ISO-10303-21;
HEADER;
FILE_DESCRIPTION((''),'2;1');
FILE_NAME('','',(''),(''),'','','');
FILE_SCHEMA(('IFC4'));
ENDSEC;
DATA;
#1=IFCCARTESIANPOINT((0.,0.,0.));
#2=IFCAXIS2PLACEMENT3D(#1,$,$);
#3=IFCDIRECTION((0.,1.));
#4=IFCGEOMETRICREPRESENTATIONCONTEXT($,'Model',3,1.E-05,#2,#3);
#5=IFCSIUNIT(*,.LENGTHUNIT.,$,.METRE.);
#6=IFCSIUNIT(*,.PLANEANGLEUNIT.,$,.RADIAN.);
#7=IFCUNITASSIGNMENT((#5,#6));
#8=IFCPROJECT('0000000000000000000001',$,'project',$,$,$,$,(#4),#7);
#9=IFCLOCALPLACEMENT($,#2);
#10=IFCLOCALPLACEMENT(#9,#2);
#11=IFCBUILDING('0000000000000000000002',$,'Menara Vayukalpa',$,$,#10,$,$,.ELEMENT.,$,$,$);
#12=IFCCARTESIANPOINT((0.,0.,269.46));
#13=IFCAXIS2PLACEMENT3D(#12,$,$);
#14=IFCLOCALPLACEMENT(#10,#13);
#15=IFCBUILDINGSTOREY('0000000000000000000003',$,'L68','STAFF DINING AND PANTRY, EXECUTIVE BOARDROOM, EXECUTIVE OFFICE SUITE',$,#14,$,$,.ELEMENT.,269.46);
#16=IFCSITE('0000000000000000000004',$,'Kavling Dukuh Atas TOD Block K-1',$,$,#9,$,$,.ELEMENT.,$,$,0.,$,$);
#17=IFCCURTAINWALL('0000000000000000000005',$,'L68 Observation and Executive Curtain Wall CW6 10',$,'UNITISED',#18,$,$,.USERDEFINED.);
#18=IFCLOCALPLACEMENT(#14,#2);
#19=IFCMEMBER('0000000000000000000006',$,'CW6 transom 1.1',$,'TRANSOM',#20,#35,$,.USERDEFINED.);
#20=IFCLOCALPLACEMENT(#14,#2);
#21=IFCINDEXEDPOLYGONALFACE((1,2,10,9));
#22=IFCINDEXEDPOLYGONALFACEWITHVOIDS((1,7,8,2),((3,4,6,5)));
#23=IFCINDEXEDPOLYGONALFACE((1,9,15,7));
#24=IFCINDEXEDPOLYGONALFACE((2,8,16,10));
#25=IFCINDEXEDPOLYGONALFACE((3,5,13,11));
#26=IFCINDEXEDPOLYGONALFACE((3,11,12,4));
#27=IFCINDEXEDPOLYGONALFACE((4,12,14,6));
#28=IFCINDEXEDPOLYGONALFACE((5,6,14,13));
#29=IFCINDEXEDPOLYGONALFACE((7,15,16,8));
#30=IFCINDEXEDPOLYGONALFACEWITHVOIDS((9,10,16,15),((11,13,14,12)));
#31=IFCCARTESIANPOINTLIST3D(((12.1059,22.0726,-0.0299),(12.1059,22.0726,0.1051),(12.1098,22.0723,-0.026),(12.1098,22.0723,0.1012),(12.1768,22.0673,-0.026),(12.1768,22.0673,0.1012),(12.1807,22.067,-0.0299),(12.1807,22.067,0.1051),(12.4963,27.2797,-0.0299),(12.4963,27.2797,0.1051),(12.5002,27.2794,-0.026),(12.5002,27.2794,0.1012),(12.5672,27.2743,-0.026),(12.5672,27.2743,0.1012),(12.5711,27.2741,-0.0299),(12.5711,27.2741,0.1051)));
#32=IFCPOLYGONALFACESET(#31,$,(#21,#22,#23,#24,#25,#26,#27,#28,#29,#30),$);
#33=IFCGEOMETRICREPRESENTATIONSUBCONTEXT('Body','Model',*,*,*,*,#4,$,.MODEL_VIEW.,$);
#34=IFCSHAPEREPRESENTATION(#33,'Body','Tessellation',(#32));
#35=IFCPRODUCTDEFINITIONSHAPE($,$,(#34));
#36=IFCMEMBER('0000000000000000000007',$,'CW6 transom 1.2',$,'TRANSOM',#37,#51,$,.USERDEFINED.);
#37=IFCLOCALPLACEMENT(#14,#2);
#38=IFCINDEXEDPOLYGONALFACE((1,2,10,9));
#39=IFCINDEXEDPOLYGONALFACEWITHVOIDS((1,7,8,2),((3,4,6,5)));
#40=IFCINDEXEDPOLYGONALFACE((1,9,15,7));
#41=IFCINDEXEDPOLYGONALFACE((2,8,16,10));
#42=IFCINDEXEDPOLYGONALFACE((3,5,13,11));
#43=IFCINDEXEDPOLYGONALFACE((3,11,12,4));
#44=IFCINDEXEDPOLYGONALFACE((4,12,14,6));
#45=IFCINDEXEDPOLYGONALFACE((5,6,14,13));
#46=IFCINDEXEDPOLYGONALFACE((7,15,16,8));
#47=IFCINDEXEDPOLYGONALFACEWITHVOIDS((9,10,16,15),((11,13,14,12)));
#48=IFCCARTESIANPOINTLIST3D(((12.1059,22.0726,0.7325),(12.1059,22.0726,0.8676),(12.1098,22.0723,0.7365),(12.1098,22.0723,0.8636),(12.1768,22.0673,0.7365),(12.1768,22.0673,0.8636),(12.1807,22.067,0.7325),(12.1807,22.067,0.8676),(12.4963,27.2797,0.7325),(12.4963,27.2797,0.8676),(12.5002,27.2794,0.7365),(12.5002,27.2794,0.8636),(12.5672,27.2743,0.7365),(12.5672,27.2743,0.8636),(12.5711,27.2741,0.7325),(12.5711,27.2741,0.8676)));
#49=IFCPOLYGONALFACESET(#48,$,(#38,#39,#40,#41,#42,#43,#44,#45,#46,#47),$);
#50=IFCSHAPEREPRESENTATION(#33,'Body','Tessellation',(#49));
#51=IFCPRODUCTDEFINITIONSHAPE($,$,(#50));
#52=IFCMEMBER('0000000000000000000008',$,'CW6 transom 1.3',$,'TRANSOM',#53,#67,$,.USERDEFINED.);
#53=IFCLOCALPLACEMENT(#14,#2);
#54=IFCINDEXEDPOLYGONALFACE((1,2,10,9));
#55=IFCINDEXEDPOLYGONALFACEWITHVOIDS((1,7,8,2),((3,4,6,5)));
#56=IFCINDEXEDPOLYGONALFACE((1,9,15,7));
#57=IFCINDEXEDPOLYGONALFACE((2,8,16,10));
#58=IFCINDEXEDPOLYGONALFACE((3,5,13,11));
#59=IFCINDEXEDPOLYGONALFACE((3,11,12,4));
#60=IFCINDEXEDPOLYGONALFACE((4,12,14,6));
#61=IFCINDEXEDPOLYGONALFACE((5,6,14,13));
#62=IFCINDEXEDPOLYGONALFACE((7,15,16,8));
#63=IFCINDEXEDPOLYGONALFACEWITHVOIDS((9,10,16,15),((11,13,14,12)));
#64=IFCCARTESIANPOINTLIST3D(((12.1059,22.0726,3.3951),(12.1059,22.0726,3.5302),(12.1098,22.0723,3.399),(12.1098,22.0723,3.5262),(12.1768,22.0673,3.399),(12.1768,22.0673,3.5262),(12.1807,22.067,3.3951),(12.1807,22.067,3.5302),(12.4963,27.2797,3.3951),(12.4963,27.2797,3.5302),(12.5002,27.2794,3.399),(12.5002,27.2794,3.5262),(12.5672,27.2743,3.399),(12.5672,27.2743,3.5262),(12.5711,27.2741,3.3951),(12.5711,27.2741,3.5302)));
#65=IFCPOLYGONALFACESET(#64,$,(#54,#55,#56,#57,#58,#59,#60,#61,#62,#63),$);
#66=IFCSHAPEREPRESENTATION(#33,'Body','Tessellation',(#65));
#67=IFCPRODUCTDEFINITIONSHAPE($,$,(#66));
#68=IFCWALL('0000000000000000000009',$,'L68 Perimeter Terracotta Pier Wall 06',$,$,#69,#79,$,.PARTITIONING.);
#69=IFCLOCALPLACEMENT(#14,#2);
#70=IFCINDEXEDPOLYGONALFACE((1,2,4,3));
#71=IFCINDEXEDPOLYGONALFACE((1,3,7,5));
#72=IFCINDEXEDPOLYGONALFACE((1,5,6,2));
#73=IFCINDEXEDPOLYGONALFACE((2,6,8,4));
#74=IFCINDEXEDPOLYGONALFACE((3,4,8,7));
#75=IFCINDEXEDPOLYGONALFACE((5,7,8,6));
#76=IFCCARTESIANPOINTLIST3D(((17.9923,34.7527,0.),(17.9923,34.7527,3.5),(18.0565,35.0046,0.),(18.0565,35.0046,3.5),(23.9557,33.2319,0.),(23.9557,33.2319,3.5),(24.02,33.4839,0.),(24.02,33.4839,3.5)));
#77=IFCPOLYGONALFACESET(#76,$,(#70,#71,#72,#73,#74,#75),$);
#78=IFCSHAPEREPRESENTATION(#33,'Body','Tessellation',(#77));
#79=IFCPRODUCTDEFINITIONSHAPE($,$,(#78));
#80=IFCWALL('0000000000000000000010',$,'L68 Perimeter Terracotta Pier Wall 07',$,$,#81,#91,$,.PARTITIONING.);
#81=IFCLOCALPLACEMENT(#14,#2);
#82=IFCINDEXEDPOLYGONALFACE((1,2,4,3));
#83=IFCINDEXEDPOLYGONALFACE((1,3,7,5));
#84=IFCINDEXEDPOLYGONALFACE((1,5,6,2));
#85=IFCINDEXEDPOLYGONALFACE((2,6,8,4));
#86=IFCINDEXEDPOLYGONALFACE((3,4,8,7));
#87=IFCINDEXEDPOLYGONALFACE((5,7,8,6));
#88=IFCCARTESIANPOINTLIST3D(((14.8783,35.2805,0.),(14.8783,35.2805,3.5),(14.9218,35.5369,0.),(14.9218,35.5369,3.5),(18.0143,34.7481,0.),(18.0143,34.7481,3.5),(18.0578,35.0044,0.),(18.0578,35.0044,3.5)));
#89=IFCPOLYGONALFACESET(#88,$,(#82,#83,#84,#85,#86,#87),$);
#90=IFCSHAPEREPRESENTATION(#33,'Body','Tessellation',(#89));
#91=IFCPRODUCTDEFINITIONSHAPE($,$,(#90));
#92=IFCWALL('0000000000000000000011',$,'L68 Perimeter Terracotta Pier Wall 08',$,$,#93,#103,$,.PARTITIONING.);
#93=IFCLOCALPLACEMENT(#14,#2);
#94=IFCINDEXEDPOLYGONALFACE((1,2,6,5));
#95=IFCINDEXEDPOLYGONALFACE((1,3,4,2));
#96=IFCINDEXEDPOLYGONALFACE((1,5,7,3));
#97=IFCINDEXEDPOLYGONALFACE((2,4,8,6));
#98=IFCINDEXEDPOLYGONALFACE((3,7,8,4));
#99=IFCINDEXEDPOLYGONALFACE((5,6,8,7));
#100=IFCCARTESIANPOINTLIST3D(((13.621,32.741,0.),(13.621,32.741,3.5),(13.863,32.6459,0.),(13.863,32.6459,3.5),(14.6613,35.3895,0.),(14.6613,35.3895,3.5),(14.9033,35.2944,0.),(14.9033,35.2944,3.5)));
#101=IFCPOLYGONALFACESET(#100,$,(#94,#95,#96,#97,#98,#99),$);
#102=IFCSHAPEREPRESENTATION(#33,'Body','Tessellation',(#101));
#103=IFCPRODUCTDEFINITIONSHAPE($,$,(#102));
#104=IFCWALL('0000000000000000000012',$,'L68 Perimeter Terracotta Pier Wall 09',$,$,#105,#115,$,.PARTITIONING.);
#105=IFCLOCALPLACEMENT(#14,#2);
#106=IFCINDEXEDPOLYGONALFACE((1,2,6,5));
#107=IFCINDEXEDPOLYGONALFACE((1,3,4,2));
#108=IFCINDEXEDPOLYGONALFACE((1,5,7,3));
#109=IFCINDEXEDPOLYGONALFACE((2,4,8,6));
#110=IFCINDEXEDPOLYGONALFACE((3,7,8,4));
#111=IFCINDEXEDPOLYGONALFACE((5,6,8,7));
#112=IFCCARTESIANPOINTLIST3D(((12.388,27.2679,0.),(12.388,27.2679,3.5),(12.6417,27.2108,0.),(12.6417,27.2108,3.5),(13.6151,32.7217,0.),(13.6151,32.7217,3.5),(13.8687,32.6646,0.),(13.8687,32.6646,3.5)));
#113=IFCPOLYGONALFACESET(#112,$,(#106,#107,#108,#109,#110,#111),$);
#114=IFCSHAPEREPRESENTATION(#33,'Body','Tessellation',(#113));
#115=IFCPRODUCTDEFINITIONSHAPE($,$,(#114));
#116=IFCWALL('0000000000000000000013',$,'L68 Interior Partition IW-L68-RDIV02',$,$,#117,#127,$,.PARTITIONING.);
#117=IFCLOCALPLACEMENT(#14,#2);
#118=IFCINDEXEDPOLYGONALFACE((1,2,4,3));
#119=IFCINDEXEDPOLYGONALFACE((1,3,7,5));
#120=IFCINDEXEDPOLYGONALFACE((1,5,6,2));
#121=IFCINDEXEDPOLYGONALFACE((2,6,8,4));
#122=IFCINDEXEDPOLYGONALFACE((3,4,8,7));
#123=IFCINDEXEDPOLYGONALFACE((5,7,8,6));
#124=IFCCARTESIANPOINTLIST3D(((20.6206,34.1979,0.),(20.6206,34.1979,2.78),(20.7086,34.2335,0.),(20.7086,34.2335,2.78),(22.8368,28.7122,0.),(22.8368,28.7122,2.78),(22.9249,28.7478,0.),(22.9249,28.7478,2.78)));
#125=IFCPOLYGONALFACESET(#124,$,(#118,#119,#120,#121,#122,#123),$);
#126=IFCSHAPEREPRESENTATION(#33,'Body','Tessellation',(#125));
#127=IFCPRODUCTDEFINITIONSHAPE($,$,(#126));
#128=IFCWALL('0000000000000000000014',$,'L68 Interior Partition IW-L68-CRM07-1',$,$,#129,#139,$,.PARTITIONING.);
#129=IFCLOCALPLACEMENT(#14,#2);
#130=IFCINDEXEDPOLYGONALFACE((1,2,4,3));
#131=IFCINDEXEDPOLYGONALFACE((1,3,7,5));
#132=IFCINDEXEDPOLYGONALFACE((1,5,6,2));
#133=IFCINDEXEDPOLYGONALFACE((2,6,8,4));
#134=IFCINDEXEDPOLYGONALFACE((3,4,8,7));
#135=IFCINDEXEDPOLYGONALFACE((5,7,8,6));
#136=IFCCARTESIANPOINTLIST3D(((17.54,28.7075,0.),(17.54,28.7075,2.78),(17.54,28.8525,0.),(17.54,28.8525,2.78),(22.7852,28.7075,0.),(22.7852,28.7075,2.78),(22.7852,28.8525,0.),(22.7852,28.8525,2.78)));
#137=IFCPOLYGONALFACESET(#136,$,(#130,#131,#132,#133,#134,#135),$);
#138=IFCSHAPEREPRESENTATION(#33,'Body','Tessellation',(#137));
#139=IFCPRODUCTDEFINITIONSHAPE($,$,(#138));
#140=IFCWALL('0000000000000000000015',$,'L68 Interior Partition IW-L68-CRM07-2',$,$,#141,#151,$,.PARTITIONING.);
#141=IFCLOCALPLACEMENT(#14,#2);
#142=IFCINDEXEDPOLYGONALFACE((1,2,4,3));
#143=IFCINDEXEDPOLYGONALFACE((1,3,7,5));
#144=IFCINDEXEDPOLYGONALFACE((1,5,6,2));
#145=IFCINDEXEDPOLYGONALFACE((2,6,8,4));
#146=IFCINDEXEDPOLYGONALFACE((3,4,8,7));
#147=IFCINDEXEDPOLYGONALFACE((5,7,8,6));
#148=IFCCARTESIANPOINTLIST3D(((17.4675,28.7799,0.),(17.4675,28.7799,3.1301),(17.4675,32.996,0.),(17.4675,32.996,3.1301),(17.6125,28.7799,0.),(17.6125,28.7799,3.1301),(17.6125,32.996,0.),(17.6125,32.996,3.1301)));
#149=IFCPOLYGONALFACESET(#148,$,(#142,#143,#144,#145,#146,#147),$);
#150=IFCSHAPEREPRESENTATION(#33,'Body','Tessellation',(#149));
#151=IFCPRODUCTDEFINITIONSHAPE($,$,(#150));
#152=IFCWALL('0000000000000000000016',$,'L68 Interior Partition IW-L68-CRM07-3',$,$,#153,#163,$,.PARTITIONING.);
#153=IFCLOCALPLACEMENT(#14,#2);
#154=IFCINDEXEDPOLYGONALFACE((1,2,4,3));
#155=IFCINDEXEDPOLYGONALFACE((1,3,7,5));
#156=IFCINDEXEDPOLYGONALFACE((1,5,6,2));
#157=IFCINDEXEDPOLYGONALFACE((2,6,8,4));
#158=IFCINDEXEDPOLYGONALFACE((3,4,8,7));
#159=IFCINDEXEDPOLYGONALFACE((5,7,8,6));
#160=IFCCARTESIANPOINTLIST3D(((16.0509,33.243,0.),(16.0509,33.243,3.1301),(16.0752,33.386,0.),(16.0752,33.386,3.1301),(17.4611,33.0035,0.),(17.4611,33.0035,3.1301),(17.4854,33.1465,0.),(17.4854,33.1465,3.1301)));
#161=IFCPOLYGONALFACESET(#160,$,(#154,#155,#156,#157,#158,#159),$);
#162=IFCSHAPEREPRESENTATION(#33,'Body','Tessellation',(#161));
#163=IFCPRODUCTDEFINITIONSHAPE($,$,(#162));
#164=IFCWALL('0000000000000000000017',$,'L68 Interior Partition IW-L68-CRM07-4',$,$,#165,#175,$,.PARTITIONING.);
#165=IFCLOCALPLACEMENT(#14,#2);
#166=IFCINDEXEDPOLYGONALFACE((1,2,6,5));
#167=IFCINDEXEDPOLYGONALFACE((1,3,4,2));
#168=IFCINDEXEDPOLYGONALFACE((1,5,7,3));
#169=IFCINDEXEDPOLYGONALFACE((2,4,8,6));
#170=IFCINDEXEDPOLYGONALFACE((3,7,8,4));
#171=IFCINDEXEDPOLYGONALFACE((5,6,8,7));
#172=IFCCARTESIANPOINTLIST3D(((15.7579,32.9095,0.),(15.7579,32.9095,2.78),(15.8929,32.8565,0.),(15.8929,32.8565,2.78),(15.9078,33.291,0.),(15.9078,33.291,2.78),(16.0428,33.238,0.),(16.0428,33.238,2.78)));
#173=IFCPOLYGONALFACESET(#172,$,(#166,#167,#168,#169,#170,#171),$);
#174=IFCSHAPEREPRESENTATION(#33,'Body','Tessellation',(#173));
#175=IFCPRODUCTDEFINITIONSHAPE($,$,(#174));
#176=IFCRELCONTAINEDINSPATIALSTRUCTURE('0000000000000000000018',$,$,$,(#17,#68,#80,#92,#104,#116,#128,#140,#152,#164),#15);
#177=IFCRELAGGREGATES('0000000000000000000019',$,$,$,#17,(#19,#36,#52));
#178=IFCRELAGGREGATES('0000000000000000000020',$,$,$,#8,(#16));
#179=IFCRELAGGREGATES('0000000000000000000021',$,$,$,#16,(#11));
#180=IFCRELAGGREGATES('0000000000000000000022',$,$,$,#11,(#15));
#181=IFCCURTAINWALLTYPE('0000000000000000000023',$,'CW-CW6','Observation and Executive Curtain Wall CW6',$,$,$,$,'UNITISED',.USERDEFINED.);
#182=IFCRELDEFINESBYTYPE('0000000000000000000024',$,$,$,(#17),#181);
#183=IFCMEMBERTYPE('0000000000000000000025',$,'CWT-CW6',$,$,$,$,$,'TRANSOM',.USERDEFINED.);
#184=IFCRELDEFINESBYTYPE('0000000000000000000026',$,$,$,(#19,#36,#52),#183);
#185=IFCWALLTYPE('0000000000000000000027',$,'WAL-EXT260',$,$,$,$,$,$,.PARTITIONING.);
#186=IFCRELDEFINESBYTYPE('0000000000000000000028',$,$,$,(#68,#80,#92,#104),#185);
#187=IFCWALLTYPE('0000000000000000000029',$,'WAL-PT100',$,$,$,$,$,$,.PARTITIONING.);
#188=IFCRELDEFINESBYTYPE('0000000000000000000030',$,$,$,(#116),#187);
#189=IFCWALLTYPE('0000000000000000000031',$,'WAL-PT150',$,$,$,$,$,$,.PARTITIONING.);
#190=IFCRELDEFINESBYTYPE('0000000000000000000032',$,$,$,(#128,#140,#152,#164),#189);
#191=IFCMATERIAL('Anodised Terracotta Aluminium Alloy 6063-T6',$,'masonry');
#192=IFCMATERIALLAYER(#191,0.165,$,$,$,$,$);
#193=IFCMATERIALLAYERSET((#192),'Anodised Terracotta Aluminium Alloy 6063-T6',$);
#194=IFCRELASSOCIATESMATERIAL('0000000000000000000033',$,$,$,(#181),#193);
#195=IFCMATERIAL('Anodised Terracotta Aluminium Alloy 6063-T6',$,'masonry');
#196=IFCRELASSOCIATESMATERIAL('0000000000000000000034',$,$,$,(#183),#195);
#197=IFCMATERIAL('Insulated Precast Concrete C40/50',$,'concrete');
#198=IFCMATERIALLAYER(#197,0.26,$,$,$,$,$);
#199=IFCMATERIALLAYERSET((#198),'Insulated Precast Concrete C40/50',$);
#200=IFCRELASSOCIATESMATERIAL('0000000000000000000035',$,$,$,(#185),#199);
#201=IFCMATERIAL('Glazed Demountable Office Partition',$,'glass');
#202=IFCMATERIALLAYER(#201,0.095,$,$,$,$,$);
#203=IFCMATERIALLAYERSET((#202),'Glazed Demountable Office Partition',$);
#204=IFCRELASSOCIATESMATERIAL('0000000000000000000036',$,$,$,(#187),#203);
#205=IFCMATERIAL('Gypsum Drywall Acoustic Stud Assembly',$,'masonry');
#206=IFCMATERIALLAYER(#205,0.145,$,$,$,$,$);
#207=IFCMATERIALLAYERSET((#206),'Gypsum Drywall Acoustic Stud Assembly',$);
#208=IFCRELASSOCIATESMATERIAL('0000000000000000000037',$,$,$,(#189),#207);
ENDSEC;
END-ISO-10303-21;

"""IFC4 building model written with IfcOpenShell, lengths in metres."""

from ifc_helpers import new_model, si_unit, direction, frame, frame_2d, origin, origin_2d, place, context, subcontext, project, spatial, rectangle, hollow_rectangle, extrude, material, layer, layer_set, material_profile, profile_set, type_object, element, aggregate, save


model = new_model("IFC4")

# Units and contexts
model_context = context("Model", 3, precision=1e-05, world=origin(), true_north=direction((0.0, 1.0)))
body_context = subcontext(model_context, "Body", "Model", "MODEL_VIEW")
ifc_project = project(units=[si_unit("LENGTHUNIT", "METRE"), si_unit("PLANEANGLEUNIT", "RADIAN")], contexts=[model_context])

# Site, building, storey
site_placement = place(None, origin())
site = spatial("IfcSite", under=ifc_project, at=site_placement, Name="Kavling Dukuh Atas TOD Block K-1", CompositionType="ELEMENT", RefElevation=0.0)
building_placement = place(site_placement, origin())
building = spatial("IfcBuilding", under=site, at=building_placement, Name="Menara Vayukalpa", CompositionType="ELEMENT")
storey_placement = place(building_placement, frame((0.0, 0.0, 269.46)))
storey = spatial("IfcBuildingStorey", under=building, at=storey_placement, Name="L68", Description="STAFF DINING AND PANTRY, EXECUTIVE BOARDROOM, EXECUTIVE OFFICE SUITE", CompositionType="ELEMENT", Elevation=269.46)

# Curtain wall, members
ifc_material_1 = material(Name="Anodised Terracotta Aluminium Alloy 6063-T6", Category="masonry")
ifc_layer_1 = layer(ifc_material_1, 0.165)
ifc_layer_set_1 = layer_set([ifc_layer_1], Name="Anodised Terracotta Aluminium Alloy 6063-T6")
curtain_wall_type = type_object("IfcCurtainWallType", Name="CW-CW6", Description="Observation and Executive Curtain Wall CW6", ElementType="UNITISED", PredefinedType="USERDEFINED", material=ifc_layer_set_1)
curtain_wall_placement = place(storey_placement, origin())
curtain_wall = element("IfcCurtainWall", 1, at=curtain_wall_placement, inside=storey, type_object=curtain_wall_type, Name="L68 Observation and Executive Curtain Wall CW6 10", ObjectType="UNITISED", PredefinedType="USERDEFINED")
ifc_material_2 = material(Name="Anodised Terracotta Aluminium Alloy 6063-T6", Category="masonry")
ifc_material_profile_1 = material_profile(ifc_material_2, hollow_rectangle(XDim=0.075, YDim=0.135, WallThickness=0.0039, at=origin_2d()), Name="ALU 75x135x4")
ifc_profile_set_1 = profile_set([ifc_material_profile_1], Name="Anodised Terracotta Aluminium Alloy 6063-T6")
member_type_1 = type_object("IfcMemberType", Name="CWT-CW6", ElementType="TRANSOM", PredefinedType="USERDEFINED", material=ifc_profile_set_1)
member_1_placement = place(storey_placement, frame((12.5337, 27.2769, 0.0376), z_axis=(-0.074762, -0.997201, 0.0), x_axis=(0.997201, -0.074762, 0.0)))
member_1 = element("IfcMember", 2, at=member_1_placement, type_object=member_type_1, Name="CW6 transom 1.1", ObjectType="TRANSOM", PredefinedType="USERDEFINED", context=body_context, shape_type="SweptSolid", body=[
    extrude(hollow_rectangle(XDim=0.075, YDim=0.135, WallThickness=0.0039, at=origin_2d()), origin(), (0.0, 0.0, 1.0), 5.2217),
])
member_2_placement = place(storey_placement, frame((12.5337, 27.2769, 0.8), z_axis=(-0.074762, -0.997201, 0.0), x_axis=(0.997201, -0.074762, 0.0)))
member_2 = element("IfcMember", 3, at=member_2_placement, type_object=member_type_1, Name="CW6 transom 1.2", ObjectType="TRANSOM", PredefinedType="USERDEFINED", context=body_context, shape_type="SweptSolid", body=[
    extrude(hollow_rectangle(XDim=0.075, YDim=0.135, WallThickness=0.0039, at=origin_2d()), origin(), (0.0, 0.0, 1.0), 5.2217),
])
member_3_placement = place(storey_placement, frame((12.5337, 27.2769, 3.4626), z_axis=(-0.074762, -0.997201, 0.0), x_axis=(0.997201, -0.074762, 0.0)))
member_3 = element("IfcMember", 4, at=member_3_placement, type_object=member_type_1, Name="CW6 transom 1.3", ObjectType="TRANSOM", PredefinedType="USERDEFINED", context=body_context, shape_type="SweptSolid", body=[
    extrude(hollow_rectangle(XDim=0.075, YDim=0.135, WallThickness=0.0039, at=origin_2d()), origin(), (0.0, 0.0, 1.0), 5.2217),
])
aggregate(curtain_wall, [member_1, member_2, member_3])

# Walls
ifc_material_3 = material(Name="Insulated Precast Concrete C40/50", Category="concrete")
ifc_layer_2 = layer(ifc_material_3, 0.26)
ifc_layer_set_2 = layer_set([ifc_layer_2], Name="Insulated Precast Concrete C40/50")
wall_type_1 = type_object("IfcWallType", Name="WAL-EXT260", PredefinedType="PARTITIONING", material=ifc_layer_set_2)
wall_1_placement = place(storey_placement, frame((18.0244, 34.8787, 0.0), z_axis=(0.0, 0.0, 1.0), x_axis=(0.968988, -0.247107, 0.0)))
element("IfcWall", 5, at=wall_1_placement, inside=storey, type_object=wall_type_1, Name="L68 Perimeter Terracotta Pier Wall 06", PredefinedType="PARTITIONING", context=body_context, shape_type="SweptSolid", body=[
    extrude(rectangle(XDim=6.1543, YDim=0.26, at=frame_2d((3.0771, 0.0))), origin(), (0.0, 0.0, 1.0), 3.5),
])
wall_2_placement = place(storey_placement, frame((14.9001, 35.4087, 0.0), z_axis=(0.0, 0.0, 1.0), x_axis=(0.985889, -0.167398, 0.0)))
element("IfcWall", 6, at=wall_2_placement, inside=storey, type_object=wall_type_1, Name="L68 Perimeter Terracotta Pier Wall 07", PredefinedType="PARTITIONING", context=body_context, shape_type="SweptSolid", body=[
    extrude(rectangle(XDim=3.1809, YDim=0.26, at=frame_2d((1.5903, 0.0))), origin(), (0.0, 0.0, 1.0), 3.5),
])
wall_3_placement = place(storey_placement, frame((13.7419, 32.6934, 0.0), z_axis=(0.0, 0.0, 1.0), x_axis=(0.365599, 0.930772, 0.0)))
element("IfcWall", 7, at=wall_3_placement, inside=storey, type_object=wall_type_1, Name="L68 Perimeter Terracotta Pier Wall 08", PredefinedType="PARTITIONING", context=body_context, shape_type="SweptSolid", body=[
    extrude(rectangle(XDim=2.8455, YDim=0.26, at=frame_2d((1.4229, 0.0))), origin(), (0.0, 0.0, 1.0), 3.5),
])
wall_4_placement = place(storey_placement, frame((12.5149, 27.2395, 0.0), z_axis=(0.0, 0.0, 1.0), x_axis=(0.219501, 0.975612, 0.0)))
element("IfcWall", 8, at=wall_4_placement, inside=storey, type_object=wall_type_1, Name="L68 Perimeter Terracotta Pier Wall 09", PredefinedType="PARTITIONING", context=body_context, shape_type="SweptSolid", body=[
    extrude(rectangle(XDim=5.5901, YDim=0.26, at=frame_2d((2.7949, 0.0))), origin(), (0.0, 0.0, 1.0), 3.5),
])
ifc_material_4 = material(Name="Glazed Demountable Office Partition", Category="glass")
ifc_layer_3 = layer(ifc_material_4, 0.095)
ifc_layer_set_3 = layer_set([ifc_layer_3], Name="Glazed Demountable Office Partition")
wall_type_2 = type_object("IfcWallType", Name="WAL-PT100", PredefinedType="PARTITIONING", material=ifc_layer_set_3)
wall_5_placement = place(storey_placement, frame((22.8809, 28.73, 0.0), z_axis=(0.0, 0.0, 1.0), x_axis=(-0.37459, 0.927191, 0.0)))
element("IfcWall", 9, at=wall_5_placement, inside=storey, type_object=wall_type_2, Name="L68 Interior Partition IW-L68-RDIV02", PredefinedType="PARTITIONING", context=body_context, shape_type="SweptSolid", body=[
    extrude(rectangle(XDim=5.9165, YDim=0.095, at=frame_2d((2.9583, 0.0))), origin(), (0.0, 0.0, 1.0), 2.78),
])
ifc_material_5 = material(Name="Gypsum Drywall Acoustic Stud Assembly", Category="masonry")
ifc_layer_4 = layer(ifc_material_5, 0.145)
ifc_layer_set_4 = layer_set([ifc_layer_4], Name="Gypsum Drywall Acoustic Stud Assembly")
wall_type_3 = type_object("IfcWallType", Name="WAL-PT150", PredefinedType="PARTITIONING", material=ifc_layer_set_4)
wall_6_placement = place(storey_placement, frame((22.7852, 28.78, 0.0), z_axis=(0.0, 0.0, 1.0), x_axis=(-1.0, 0.0, 0.0)))
element("IfcWall", 10, at=wall_6_placement, inside=storey, type_object=wall_type_3, Name="L68 Interior Partition IW-L68-CRM07-1", PredefinedType="PARTITIONING", context=body_context, shape_type="SweptSolid", body=[
    extrude(rectangle(XDim=5.2451, YDim=0.145, at=frame_2d((2.6226, 0.0))), origin(), (0.0, 0.0, 1.0), 2.78),
])
wall_7_placement = place(storey_placement, frame((17.54, 28.78, 0.0), z_axis=(0.0, 0.0, 1.0), x_axis=(0.0, 1.0, 0.0)))
element("IfcWall", 11, at=wall_7_placement, inside=storey, type_object=wall_type_3, Name="L68 Interior Partition IW-L68-CRM07-2", PredefinedType="PARTITIONING", context=body_context, shape_type="SweptSolid", body=[
    extrude(rectangle(XDim=4.2161, YDim=0.145, at=frame_2d((2.1079, 0.0))), origin(), (0.0, 0.0, 1.0), 3.1301),
])
wall_8_placement = place(storey_placement, frame((17.4734, 33.075, 0.0), z_axis=(0.0, 0.0, 1.0), x_axis=(-0.985882, 0.167443, 0.0)))
element("IfcWall", 12, at=wall_8_placement, inside=storey, type_object=wall_type_3, Name="L68 Interior Partition IW-L68-CRM07-3", PredefinedType="PARTITIONING", context=body_context, shape_type="SweptSolid", body=[
    extrude(rectangle(XDim=1.4304, YDim=0.145, at=frame_2d((0.7153, 0.0))), origin(), (0.0, 0.0, 1.0), 3.1301),
])
wall_9_placement = place(storey_placement, frame((15.9753, 33.2646, 0.0), z_axis=(0.0, 0.0, 1.0), x_axis=(-0.365634, -0.930759, 0.0)))
element("IfcWall", 13, at=wall_9_placement, inside=storey, type_object=wall_type_3, Name="L68 Interior Partition IW-L68-CRM07-4", PredefinedType="PARTITIONING", context=body_context, shape_type="SweptSolid", body=[
    extrude(rectangle(XDim=0.4099, YDim=0.145, at=frame_2d((0.2051, 0.0))), origin(), (0.0, 0.0, 1.0), 2.78),
])

save(model, "model.ifc")
